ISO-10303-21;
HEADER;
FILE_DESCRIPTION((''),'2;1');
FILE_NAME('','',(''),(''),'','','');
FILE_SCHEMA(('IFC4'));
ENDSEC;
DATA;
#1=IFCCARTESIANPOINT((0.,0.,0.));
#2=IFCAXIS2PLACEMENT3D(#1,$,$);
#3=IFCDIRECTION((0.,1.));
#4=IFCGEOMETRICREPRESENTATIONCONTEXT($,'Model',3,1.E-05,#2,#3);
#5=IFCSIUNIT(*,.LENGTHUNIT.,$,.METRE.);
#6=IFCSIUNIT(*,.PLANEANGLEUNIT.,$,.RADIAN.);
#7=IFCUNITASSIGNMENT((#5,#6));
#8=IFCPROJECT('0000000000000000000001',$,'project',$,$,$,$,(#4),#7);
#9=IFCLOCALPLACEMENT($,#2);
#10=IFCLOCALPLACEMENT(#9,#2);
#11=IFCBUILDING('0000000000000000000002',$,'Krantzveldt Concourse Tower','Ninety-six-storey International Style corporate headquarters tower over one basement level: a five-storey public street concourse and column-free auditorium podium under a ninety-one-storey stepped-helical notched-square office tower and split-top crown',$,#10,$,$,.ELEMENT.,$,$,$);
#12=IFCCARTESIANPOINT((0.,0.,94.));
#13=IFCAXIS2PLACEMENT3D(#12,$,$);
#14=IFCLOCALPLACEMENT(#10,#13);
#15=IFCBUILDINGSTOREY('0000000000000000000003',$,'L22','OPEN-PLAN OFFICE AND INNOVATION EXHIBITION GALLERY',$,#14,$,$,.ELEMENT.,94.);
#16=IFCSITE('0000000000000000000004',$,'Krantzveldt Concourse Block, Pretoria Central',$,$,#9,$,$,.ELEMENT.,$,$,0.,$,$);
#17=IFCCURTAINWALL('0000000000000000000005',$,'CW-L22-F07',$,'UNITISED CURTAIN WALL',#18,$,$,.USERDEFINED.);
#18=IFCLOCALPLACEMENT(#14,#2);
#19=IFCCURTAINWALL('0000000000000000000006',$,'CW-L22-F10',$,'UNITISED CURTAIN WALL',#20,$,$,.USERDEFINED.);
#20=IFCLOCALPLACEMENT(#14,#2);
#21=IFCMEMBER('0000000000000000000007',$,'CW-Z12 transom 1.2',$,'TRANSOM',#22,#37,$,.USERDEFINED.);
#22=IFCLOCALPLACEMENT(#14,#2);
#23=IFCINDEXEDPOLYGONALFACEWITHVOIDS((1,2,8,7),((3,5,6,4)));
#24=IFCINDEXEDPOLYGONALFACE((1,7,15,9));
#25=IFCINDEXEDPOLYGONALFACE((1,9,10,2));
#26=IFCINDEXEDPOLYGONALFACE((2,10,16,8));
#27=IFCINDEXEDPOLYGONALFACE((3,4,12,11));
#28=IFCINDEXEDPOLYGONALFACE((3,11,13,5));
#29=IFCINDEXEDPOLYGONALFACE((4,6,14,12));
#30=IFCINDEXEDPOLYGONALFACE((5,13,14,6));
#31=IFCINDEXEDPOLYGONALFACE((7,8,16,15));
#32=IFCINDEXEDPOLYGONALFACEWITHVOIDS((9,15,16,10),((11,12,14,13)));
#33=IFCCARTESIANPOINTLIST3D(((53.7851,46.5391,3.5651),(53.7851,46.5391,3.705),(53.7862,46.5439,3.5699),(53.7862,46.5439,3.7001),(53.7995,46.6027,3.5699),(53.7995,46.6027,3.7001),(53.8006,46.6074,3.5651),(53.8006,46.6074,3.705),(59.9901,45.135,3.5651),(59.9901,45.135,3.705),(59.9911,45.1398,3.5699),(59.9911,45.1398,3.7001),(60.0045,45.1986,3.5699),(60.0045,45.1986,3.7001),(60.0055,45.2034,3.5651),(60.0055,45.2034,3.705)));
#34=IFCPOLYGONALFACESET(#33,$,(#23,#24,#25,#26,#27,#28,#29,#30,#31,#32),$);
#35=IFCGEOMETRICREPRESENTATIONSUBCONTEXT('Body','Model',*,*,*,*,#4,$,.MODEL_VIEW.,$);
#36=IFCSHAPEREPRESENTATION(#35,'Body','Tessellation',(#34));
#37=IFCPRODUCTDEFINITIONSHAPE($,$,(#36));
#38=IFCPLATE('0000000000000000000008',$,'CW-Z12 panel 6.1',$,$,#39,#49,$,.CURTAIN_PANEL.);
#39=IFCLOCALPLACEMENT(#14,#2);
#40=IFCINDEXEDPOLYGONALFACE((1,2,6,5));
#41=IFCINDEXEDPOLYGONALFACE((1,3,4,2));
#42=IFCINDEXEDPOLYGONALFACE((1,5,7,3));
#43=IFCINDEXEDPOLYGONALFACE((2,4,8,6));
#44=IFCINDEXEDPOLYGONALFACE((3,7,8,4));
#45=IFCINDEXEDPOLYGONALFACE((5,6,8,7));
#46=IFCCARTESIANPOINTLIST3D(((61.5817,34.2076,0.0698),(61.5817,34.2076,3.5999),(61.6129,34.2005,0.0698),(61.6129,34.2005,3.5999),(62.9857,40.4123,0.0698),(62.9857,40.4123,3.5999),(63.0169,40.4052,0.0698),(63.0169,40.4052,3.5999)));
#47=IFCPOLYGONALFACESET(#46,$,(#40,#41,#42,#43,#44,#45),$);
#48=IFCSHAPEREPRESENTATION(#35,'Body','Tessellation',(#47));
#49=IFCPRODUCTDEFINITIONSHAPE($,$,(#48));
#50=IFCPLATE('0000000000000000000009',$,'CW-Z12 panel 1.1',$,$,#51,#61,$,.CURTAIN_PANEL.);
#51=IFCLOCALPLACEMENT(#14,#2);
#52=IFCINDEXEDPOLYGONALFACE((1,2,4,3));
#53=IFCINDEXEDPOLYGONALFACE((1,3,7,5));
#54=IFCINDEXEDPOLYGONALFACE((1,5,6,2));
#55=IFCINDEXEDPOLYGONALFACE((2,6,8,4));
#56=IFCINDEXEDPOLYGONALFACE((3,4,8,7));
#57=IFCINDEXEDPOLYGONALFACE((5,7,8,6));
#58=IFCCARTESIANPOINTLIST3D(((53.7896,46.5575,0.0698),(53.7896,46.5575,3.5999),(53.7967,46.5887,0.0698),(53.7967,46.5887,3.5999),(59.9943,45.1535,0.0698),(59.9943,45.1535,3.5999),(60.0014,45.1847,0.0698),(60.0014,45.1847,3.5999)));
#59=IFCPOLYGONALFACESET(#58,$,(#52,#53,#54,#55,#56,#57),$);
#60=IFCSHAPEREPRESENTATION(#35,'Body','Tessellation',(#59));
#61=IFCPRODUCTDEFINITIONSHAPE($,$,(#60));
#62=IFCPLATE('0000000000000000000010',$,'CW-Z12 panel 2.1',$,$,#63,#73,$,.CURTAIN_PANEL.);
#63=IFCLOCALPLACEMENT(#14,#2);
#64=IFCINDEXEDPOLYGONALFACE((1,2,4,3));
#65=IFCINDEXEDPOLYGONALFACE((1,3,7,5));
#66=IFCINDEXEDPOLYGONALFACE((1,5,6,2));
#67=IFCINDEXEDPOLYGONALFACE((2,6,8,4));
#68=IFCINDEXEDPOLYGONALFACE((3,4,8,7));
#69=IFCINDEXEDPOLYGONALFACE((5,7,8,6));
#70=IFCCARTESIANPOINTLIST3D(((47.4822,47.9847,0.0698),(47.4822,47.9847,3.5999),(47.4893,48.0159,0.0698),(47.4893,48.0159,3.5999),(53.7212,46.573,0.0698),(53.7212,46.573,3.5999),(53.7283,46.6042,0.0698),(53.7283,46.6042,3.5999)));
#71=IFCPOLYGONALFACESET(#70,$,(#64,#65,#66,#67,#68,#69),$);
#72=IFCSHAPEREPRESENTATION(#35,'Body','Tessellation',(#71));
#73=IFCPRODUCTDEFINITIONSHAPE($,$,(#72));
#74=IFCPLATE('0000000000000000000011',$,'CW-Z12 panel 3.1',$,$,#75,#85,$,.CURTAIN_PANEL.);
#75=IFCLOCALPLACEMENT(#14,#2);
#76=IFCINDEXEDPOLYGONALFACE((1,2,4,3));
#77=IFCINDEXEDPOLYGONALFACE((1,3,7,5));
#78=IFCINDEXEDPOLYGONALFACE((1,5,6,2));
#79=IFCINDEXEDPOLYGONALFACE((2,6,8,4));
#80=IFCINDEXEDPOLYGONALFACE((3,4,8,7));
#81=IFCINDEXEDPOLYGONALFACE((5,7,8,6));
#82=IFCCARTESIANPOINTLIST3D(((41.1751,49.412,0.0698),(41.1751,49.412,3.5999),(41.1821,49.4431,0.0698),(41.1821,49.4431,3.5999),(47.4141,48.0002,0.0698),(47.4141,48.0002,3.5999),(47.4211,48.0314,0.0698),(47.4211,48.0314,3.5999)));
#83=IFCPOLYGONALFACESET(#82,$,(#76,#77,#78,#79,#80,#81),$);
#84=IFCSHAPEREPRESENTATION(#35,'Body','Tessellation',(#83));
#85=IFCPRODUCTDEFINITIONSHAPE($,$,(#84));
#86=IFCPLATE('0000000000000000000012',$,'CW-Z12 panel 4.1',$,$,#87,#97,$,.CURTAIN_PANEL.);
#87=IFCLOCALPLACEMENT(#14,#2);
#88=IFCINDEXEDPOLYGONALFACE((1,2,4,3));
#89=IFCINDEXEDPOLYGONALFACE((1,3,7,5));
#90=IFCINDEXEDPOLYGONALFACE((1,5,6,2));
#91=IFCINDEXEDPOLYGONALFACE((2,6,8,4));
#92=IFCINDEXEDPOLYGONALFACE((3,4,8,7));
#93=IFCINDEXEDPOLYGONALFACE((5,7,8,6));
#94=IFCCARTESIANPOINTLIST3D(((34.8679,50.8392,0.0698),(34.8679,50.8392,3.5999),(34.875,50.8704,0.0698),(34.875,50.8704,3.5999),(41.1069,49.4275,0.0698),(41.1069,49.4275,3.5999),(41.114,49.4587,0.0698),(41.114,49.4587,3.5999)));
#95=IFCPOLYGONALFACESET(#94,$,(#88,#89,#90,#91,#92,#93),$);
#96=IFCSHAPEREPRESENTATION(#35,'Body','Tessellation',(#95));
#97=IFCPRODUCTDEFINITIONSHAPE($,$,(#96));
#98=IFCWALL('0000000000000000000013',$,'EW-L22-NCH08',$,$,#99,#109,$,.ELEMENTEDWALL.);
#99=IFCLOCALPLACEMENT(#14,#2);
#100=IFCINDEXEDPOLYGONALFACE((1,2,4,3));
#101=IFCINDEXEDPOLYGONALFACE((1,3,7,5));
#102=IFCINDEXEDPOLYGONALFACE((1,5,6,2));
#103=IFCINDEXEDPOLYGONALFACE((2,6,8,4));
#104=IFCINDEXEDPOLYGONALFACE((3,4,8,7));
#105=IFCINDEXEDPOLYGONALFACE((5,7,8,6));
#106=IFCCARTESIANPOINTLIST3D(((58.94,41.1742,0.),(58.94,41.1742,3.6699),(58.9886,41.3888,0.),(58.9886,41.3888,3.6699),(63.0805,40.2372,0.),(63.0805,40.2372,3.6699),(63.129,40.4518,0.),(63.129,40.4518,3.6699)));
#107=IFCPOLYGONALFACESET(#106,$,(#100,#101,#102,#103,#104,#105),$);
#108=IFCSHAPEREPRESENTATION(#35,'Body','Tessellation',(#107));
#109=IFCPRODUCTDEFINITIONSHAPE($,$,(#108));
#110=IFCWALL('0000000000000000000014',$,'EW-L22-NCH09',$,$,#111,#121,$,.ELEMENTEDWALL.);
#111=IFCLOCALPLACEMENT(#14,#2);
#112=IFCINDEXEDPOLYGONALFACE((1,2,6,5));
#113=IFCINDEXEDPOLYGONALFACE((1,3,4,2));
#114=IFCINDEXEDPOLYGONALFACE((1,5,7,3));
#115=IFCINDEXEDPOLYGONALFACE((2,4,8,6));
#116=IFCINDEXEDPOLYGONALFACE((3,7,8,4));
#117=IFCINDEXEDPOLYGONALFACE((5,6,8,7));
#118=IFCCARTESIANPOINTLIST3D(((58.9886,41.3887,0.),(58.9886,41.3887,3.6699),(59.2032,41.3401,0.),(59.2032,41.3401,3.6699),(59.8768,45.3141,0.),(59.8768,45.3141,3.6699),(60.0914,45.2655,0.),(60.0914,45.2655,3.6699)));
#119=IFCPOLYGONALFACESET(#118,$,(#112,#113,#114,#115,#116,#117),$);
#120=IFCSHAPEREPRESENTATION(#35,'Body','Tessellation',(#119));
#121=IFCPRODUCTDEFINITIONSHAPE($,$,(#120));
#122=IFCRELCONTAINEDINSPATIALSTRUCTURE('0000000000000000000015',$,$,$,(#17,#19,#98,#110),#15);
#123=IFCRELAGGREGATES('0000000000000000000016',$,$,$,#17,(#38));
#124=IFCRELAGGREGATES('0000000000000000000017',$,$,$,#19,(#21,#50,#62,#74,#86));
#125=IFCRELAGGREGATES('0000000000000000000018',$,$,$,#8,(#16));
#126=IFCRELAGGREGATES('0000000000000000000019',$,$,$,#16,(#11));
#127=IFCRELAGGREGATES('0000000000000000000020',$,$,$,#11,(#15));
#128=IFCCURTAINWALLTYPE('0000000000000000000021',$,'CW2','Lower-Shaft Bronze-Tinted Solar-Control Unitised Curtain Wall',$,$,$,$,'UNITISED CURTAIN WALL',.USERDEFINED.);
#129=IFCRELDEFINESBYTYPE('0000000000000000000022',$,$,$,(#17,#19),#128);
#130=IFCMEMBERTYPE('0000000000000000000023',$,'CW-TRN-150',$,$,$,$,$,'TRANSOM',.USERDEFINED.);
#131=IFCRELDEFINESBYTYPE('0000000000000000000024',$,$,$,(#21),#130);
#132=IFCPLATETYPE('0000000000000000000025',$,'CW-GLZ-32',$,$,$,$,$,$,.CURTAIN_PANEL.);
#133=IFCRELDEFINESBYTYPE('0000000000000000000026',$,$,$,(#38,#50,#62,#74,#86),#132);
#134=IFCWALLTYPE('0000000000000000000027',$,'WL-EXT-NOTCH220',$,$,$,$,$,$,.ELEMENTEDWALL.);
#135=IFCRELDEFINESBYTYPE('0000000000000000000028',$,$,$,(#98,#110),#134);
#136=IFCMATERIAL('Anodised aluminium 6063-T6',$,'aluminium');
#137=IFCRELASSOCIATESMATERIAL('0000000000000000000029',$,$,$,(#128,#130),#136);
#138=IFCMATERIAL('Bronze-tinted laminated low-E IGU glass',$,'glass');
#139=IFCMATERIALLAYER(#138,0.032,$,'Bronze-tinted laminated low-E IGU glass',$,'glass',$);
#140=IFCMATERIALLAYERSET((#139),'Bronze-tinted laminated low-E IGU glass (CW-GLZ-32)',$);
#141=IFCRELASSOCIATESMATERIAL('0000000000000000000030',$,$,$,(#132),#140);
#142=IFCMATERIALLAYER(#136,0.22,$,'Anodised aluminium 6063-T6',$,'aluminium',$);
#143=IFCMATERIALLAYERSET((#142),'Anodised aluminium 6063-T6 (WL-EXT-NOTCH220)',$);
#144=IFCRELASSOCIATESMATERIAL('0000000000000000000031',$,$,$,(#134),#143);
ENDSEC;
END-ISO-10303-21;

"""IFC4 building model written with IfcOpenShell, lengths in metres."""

from ifc_helpers import new_model, si_unit, direction, frame, frame_2d, origin, origin_2d, place, context, subcontext, project, spatial, rectangle, hollow_rectangle, extrude, source, transform, mapped, material, layer, layer_set, material_profile, profile_set, type_object, type_shapes, element, aggregate, save


model = new_model("IFC4")

# Units and contexts
model_context = context("Model", 3, precision=1e-05, world=origin(), true_north=direction((0.0, 1.0)))
body_context = subcontext(model_context, "Body", "Model", "MODEL_VIEW")
ifc_project = project(units=[si_unit("LENGTHUNIT", "METRE"), si_unit("PLANEANGLEUNIT", "RADIAN")], contexts=[model_context])

# Site, building, storey
site_placement = place(None, origin())
site = spatial("IfcSite", under=ifc_project, at=site_placement, Name="Krantzveldt Concourse Block, Pretoria Central", CompositionType="ELEMENT", RefElevation=0.0)
building_placement = place(site_placement, origin())
building = spatial("IfcBuilding", under=site, at=building_placement, Name="Krantzveldt Concourse Tower", Description="Ninety-six-storey International Style corporate headquarters tower over one basement level: a five-storey public street concourse and column-free auditorium podium under a ninety-one-storey stepped-helical notched-square office tower and split-top crown", CompositionType="ELEMENT")
storey_placement = place(building_placement, frame((0.0, 0.0, 94.0)))
storey = spatial("IfcBuildingStorey", under=building, at=storey_placement, Name="L22", Description="OPEN-PLAN OFFICE AND INNOVATION EXHIBITION GALLERY", CompositionType="ELEMENT", Elevation=94.0)

# Curtain wall
ifc_material_1 = material(Name="Anodised aluminium 6063-T6", Category="aluminium")
curtain_wall_type = type_object("IfcCurtainWallType", Name="CW2", Description="Lower-Shaft Bronze-Tinted Solar-Control Unitised Curtain Wall", ElementType="UNITISED CURTAIN WALL", PredefinedType="USERDEFINED", material=ifc_material_1)
curtain_wall_1_placement = place(storey_placement, origin())
curtain_wall_1 = element("IfcCurtainWall", 1, at=curtain_wall_1_placement, inside=storey, type_object=curtain_wall_type, Name="CW-L22-F07", ObjectType="UNITISED CURTAIN WALL", PredefinedType="USERDEFINED")

# Curtain wall, member
curtain_wall_2_placement = place(storey_placement, origin())
curtain_wall_2 = element("IfcCurtainWall", 2, at=curtain_wall_2_placement, inside=storey, type_object=curtain_wall_type, Name="CW-L22-F10", ObjectType="UNITISED CURTAIN WALL", PredefinedType="USERDEFINED")
ifc_material_profile_1 = material_profile(ifc_material_1, hollow_rectangle(XDim=0.0701, YDim=0.1399, WallThickness=0.0049, at=origin_2d()), Name="Anodised aluminium 6063-T6", Category="aluminium")
ifc_profile_set_1 = profile_set([ifc_material_profile_1], Name="Anodised aluminium 6063-T6 - ALU-TRAN 140x70x5")
member_type_1 = type_object("IfcMemberType", Name="CW-TRN-150", ElementType="TRANSOM", PredefinedType="USERDEFINED", material=ifc_profile_set_1)
shared_shape_1 = source(origin(), body_context, "Body", "SweptSolid", [
    extrude(hollow_rectangle(XDim=0.0701, YDim=0.1399, WallThickness=0.0049, at=origin_2d()), origin(), (0.0, 0.0, 1.0), 6.3618),
])
member_1_placement = place(storey_placement, frame((59.9978, 45.1692, 3.635), z_axis=(-0.975341, 0.220704, 0.0), x_axis=(-0.220704, -0.975341, 0.0)))
member_1 = element("IfcMember", 3, at=member_1_placement, type_object=member_type_1, Name="CW-Z12 transom 1.2", ObjectType="TRANSOM", PredefinedType="USERDEFINED", context=body_context, shape_type="MappedRepresentation", body=[
    mapped(shared_shape_1, transform((0.0, 0.0, 0.0), x_axis=(1.0, 0.0, 0.0), y_axis=(0.0, 1.0, 0.0), z_axis=(0.0, 0.0, 1.0), scale=1.0)),
])

# Plates
ifc_material_2 = material(Name="Bronze-tinted laminated low-E IGU glass", Category="glass")
ifc_layer_1 = layer(ifc_material_2, 0.032, Name="Bronze-tinted laminated low-E IGU glass", Category="glass")
ifc_layer_set_1 = layer_set([ifc_layer_1], Name="Bronze-tinted laminated low-E IGU glass (CW-GLZ-32)")
plate_type = type_object("IfcPlateType", Name="CW-GLZ-32", PredefinedType="CURTAIN_PANEL", material=ifc_layer_set_1)
shared_shape_2 = source(origin(), body_context, "Body", "SweptSolid", [
    extrude(rectangle(XDim=6.3616, YDim=0.032, at=origin_2d()), origin(), (0.0, 0.0, 1.0), 3.53),
])
plate_1_placement = place(storey_placement, frame((62.2993, 37.3064, 0.0698), z_axis=(0.0, 0.0, 1.0), x_axis=(0.220697, 0.975342, 0.0)))
plate_1 = element("IfcPlate", 4, at=plate_1_placement, type_object=plate_type, Name="CW-Z12 panel 6.1", PredefinedType="CURTAIN_PANEL", context=body_context, shape_type="MappedRepresentation", body=[
    mapped(shared_shape_2, transform((0.0, 0.0, 0.0), x_axis=(1.0, 0.0, 0.0), y_axis=(0.0, 1.0, 0.0), z_axis=(0.0, 0.0, 1.0), scale=1.0)),
])
aggregate(curtain_wall_1, [plate_1])
plate_2_placement = place(storey_placement, frame((56.8955, 45.8711, 0.0698), z_axis=(0.0, 0.0, 1.0), x_axis=(-0.975342, 0.220697, 0.0)))
plate_2 = element("IfcPlate", 5, at=plate_2_placement, type_object=plate_type, Name="CW-Z12 panel 1.1", PredefinedType="CURTAIN_PANEL", context=body_context, shape_type="MappedRepresentation", body=[
    mapped(shared_shape_2, transform((0.0, 0.0, 0.0), x_axis=(1.0, 0.0, 0.0), y_axis=(0.0, 1.0, 0.0), z_axis=(0.0, 0.0, 1.0), scale=1.0)),
])
shared_shape_3 = source(origin(), body_context, "Body", "SweptSolid", [
    extrude(rectangle(XDim=6.3967, YDim=0.032, at=origin_2d()), origin(), (0.0, 0.0, 1.0), 3.53),
])
type_shapes(plate_type, [shared_shape_2, shared_shape_3])
plate_3_placement = place(storey_placement, frame((50.6052, 47.2944, 0.0698), z_axis=(0.0, 0.0, 1.0), x_axis=(-0.975342, 0.220697, 0.0)))
plate_3 = element("IfcPlate", 6, at=plate_3_placement, type_object=plate_type, Name="CW-Z12 panel 2.1", PredefinedType="CURTAIN_PANEL", context=body_context, shape_type="MappedRepresentation", body=[
    mapped(shared_shape_3, transform((0.0, 0.0, 0.0), x_axis=(1.0, 0.0, 0.0), y_axis=(0.0, 1.0, 0.0), z_axis=(0.0, 0.0, 1.0), scale=1.0)),
])
plate_4_placement = place(storey_placement, frame((44.2981, 48.7217, 0.0698), z_axis=(0.0, 0.0, 1.0), x_axis=(-0.975342, 0.220697, 0.0)))
plate_4 = element("IfcPlate", 7, at=plate_4_placement, type_object=plate_type, Name="CW-Z12 panel 3.1", PredefinedType="CURTAIN_PANEL", context=body_context, shape_type="MappedRepresentation", body=[
    mapped(shared_shape_3, transform((0.0, 0.0, 0.0), x_axis=(1.0, 0.0, 0.0), y_axis=(0.0, 1.0, 0.0), z_axis=(0.0, 0.0, 1.0), scale=1.0)),
])
plate_5_placement = place(storey_placement, frame((37.991, 50.1489, 0.0698), z_axis=(0.0, 0.0, 1.0), x_axis=(-0.975342, 0.220697, 0.0)))
plate_5 = element("IfcPlate", 8, at=plate_5_placement, type_object=plate_type, Name="CW-Z12 panel 4.1", PredefinedType="CURTAIN_PANEL", context=body_context, shape_type="MappedRepresentation", body=[
    mapped(shared_shape_3, transform((0.0, 0.0, 0.0), x_axis=(1.0, 0.0, 0.0), y_axis=(0.0, 1.0, 0.0), z_axis=(0.0, 0.0, 1.0), scale=1.0)),
])
aggregate(curtain_wall_2, [member_1, plate_2, plate_3, plate_4, plate_5])

# Walls
ifc_layer_2 = layer(ifc_material_1, 0.22, Name="Anodised aluminium 6063-T6", Category="aluminium")
ifc_layer_set_2 = layer_set([ifc_layer_2], Name="Anodised aluminium 6063-T6 (WL-EXT-NOTCH220)")
wall_type = type_object("IfcWallType", Name="WL-EXT-NOTCH220", PredefinedType="ELEMENTEDWALL", material=ifc_layer_set_2)
wall_1_placement = place(storey_placement, frame((63.1047, 40.3445, 0.0), z_axis=(0.0, 0.0, 1.0), x_axis=(-0.975335, 0.220729, 0.0)))
element("IfcWall", 9, at=wall_1_placement, inside=storey, type_object=wall_type, Name="EW-L22-NCH08", PredefinedType="ELEMENTEDWALL", context=body_context, shape_type="SweptSolid", body=[
    extrude(rectangle(XDim=4.2451, YDim=0.22, at=frame_2d((2.1226, 0.0))), origin(), (0.0, 0.0, 1.0), 3.6699),
])
wall_2_placement = place(storey_placement, frame((59.0959, 41.3645, 0.0), z_axis=(0.0, 0.0, 1.0), x_axis=(0.22068, 0.975346, 0.0)))
element("IfcWall", 10, at=wall_2_placement, inside=storey, type_object=wall_type, Name="EW-L22-NCH09", PredefinedType="ELEMENTEDWALL", context=body_context, shape_type="SweptSolid", body=[
    extrude(rectangle(XDim=4.0247, YDim=0.22, at=frame_2d((2.0122, 0.0))), origin(), (0.0, 0.0, 1.0), 3.6699),
])

save(model, "model.ifc")
